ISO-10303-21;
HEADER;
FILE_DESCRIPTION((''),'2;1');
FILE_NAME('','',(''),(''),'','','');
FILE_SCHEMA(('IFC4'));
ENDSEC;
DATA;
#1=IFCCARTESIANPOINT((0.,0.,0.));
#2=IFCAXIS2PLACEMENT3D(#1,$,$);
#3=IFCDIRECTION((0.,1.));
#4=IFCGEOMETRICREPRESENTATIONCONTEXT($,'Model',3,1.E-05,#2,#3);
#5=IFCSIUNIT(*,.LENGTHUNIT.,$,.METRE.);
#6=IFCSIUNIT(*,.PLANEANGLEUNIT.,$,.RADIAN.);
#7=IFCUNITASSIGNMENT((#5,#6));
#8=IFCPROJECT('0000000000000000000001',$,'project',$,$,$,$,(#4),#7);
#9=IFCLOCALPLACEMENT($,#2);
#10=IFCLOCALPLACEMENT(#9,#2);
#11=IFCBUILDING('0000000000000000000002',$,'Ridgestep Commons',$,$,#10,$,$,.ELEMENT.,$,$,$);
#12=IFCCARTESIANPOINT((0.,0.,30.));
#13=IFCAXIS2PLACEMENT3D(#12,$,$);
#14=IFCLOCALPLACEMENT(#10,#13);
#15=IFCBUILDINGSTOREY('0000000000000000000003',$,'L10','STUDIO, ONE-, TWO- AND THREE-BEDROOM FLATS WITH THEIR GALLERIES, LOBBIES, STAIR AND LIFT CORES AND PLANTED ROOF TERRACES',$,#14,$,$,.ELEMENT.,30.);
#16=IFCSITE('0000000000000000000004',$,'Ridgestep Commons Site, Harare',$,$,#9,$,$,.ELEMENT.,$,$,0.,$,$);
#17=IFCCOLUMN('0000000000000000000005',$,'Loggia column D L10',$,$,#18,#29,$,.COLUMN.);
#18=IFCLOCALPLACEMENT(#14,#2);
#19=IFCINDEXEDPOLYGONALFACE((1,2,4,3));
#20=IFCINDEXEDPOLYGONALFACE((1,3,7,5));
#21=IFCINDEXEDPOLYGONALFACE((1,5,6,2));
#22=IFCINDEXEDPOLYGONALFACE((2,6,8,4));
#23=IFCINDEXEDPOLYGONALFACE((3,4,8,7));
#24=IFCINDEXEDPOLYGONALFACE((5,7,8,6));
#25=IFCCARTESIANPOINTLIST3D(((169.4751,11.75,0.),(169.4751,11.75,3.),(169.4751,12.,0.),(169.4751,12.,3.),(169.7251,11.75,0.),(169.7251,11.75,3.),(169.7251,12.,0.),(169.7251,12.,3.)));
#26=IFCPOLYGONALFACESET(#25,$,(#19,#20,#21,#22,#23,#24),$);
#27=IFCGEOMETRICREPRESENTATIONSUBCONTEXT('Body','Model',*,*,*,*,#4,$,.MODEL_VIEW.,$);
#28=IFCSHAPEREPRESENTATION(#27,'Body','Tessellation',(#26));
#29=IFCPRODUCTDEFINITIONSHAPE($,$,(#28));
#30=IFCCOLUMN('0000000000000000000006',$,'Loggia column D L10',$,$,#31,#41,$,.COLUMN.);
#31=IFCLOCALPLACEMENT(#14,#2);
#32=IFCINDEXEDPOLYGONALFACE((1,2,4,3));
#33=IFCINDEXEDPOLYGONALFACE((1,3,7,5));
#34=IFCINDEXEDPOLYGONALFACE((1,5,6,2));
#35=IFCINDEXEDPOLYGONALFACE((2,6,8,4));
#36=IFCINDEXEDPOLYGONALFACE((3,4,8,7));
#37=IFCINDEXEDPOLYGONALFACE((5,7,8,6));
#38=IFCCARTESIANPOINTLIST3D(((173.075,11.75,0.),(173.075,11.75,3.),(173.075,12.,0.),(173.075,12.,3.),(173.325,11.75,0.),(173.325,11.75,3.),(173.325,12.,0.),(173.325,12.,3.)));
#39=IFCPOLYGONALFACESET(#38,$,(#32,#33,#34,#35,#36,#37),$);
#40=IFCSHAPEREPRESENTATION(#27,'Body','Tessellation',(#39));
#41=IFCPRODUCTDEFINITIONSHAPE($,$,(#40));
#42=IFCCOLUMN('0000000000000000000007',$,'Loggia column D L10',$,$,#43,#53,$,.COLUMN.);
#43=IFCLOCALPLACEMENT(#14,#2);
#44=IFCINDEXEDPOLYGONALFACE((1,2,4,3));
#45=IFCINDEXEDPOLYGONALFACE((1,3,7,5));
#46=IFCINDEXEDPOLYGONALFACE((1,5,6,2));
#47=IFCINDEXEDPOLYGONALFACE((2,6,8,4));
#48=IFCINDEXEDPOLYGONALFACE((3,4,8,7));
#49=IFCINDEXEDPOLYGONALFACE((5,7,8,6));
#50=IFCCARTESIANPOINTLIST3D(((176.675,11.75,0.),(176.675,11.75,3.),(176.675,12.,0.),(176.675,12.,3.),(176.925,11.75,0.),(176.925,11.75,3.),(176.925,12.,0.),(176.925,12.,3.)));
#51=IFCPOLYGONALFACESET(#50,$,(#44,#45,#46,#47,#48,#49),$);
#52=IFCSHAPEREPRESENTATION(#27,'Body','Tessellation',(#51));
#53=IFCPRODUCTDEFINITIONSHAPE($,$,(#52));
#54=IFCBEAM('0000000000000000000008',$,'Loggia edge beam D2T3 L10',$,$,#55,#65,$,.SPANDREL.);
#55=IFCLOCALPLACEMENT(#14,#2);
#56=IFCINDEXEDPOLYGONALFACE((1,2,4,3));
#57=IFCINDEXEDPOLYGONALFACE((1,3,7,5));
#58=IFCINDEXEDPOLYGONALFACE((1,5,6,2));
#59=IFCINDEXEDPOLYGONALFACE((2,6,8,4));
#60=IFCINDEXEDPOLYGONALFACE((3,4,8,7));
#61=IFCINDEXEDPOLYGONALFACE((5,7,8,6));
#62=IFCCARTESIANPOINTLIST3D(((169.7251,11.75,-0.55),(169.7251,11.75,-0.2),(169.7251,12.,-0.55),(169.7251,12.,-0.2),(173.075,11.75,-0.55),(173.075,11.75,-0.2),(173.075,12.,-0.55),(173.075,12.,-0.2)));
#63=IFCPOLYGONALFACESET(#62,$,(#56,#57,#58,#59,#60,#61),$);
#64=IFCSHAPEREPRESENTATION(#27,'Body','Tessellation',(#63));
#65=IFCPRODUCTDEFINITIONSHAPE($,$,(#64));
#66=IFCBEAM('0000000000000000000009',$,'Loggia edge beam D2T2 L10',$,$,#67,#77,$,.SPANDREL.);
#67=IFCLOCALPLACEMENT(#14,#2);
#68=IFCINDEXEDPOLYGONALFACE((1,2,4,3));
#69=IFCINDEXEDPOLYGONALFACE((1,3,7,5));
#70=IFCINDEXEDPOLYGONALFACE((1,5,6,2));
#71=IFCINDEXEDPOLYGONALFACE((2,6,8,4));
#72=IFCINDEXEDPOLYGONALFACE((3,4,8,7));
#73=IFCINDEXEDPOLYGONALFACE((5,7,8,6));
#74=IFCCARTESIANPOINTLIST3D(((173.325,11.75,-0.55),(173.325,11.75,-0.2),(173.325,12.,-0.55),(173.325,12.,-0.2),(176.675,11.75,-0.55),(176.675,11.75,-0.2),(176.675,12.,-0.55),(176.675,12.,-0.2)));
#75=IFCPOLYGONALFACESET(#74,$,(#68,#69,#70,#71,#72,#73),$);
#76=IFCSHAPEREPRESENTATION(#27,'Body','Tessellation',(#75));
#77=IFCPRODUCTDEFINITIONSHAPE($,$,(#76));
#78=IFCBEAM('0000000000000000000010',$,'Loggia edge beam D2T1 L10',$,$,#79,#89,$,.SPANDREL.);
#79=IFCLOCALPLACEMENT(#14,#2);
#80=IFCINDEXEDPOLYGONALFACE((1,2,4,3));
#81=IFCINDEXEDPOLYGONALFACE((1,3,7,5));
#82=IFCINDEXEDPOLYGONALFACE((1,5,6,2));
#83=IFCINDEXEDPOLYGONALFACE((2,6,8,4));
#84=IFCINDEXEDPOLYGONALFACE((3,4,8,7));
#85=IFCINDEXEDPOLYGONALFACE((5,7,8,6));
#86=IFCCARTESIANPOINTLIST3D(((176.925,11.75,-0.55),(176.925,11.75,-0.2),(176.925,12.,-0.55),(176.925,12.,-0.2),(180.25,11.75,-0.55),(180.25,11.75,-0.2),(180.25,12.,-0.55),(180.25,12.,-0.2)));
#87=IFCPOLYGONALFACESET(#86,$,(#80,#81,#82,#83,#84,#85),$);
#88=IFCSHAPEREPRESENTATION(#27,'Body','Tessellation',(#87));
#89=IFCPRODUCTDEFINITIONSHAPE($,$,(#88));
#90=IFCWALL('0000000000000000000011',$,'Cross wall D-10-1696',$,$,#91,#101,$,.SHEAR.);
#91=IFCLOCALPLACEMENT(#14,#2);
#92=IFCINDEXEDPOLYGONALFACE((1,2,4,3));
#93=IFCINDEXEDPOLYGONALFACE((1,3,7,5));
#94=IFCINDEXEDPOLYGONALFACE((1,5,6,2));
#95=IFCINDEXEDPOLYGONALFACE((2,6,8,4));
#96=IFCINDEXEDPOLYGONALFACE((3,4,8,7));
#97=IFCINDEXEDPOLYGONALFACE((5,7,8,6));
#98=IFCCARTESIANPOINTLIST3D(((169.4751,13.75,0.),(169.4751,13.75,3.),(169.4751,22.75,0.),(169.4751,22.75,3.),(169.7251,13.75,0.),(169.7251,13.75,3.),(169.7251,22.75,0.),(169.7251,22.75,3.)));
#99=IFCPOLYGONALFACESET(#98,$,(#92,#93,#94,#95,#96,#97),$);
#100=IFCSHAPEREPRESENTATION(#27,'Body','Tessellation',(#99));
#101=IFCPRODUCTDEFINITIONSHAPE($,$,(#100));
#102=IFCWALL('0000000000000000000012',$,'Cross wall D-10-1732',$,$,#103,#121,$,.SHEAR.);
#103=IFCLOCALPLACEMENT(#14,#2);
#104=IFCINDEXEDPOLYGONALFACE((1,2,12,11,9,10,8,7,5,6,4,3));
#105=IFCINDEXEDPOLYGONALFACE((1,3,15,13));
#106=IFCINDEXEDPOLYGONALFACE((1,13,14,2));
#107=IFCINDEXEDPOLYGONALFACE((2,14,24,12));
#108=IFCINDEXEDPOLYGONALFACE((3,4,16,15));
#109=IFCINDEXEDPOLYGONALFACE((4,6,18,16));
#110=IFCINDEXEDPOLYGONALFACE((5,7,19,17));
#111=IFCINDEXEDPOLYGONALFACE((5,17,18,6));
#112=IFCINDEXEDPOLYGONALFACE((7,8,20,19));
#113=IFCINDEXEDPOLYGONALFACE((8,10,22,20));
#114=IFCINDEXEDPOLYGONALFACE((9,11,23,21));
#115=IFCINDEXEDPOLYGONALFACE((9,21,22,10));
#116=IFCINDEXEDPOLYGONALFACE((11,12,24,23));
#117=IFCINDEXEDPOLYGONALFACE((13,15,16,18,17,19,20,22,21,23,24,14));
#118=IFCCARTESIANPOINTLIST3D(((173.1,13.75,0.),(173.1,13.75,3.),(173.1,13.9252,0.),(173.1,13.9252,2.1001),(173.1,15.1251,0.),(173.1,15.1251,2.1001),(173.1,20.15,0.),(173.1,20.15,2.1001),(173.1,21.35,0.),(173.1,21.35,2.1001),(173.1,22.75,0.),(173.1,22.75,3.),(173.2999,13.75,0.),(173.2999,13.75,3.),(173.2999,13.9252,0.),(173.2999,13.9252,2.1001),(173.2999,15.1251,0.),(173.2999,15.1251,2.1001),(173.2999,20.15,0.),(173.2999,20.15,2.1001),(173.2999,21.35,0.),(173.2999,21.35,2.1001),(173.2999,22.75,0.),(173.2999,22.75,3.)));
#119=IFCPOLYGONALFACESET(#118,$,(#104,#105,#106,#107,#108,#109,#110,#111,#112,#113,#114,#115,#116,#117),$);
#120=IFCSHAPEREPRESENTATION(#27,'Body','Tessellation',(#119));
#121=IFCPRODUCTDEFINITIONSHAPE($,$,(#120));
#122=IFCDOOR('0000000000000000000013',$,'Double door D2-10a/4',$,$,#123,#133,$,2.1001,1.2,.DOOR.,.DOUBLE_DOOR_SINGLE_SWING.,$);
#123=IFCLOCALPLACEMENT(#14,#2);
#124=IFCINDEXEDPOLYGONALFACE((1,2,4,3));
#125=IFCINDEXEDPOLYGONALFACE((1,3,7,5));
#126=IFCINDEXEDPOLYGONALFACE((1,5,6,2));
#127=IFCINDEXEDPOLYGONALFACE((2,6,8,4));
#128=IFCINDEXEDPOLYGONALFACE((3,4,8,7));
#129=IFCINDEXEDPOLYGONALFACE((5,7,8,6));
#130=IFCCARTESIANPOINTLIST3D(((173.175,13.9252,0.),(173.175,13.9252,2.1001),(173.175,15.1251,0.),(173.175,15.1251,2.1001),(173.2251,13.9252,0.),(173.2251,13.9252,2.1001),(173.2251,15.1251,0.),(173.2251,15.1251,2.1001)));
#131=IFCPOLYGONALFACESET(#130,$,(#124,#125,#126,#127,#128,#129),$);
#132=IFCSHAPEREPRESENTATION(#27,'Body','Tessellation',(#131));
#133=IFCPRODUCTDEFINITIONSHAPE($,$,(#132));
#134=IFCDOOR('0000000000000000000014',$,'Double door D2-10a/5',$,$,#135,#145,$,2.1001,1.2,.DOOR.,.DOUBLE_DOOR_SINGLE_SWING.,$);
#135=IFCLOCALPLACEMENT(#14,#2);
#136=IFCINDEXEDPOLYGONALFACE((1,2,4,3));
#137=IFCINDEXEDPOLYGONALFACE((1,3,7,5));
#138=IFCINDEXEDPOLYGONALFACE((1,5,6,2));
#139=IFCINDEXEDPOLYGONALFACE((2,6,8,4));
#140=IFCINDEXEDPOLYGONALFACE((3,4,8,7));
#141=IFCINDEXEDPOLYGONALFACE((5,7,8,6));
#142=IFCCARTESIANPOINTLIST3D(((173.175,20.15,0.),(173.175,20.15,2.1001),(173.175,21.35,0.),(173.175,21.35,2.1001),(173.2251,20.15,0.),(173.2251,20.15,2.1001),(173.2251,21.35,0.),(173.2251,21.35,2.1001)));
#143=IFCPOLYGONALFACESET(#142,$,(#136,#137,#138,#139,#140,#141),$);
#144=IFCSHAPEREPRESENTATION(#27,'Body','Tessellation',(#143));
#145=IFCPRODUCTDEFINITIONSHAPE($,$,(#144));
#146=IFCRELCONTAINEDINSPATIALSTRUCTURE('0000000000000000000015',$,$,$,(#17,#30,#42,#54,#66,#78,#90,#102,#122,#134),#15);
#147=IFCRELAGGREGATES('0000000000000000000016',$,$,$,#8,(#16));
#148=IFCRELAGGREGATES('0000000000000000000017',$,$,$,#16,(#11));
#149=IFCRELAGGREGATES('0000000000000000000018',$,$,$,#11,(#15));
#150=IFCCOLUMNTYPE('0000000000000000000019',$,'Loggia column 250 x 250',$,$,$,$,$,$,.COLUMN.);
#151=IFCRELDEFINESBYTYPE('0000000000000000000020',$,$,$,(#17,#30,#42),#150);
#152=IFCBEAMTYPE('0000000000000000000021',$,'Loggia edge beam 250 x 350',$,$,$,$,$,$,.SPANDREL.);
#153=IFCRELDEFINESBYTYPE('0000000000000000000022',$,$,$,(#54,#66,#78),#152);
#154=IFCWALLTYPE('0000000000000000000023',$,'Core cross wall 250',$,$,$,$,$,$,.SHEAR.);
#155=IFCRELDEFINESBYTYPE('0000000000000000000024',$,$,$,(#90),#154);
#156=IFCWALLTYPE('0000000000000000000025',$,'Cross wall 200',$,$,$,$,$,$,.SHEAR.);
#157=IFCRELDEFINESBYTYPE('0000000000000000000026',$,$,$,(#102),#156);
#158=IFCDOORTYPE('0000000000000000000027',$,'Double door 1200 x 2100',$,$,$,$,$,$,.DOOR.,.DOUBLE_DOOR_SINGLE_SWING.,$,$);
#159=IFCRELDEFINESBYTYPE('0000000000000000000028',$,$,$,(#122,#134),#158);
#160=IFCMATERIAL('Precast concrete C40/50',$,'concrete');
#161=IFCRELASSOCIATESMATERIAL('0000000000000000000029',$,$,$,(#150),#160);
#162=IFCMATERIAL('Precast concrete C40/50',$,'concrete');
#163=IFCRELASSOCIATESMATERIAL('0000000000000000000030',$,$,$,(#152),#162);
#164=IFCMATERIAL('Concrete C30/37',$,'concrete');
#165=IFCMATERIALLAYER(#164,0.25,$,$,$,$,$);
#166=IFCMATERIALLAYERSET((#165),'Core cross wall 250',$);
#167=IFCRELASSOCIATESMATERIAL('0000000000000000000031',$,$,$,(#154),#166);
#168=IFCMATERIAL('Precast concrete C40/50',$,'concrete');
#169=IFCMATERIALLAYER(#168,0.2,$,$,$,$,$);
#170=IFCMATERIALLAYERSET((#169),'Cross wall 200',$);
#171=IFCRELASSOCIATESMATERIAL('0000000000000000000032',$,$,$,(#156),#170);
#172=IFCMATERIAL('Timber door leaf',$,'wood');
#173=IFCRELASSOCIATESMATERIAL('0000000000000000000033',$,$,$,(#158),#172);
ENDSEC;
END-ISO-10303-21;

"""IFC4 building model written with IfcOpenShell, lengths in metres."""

from ifc_helpers import new_model, si_unit, direction, frame, frame_2d, origin, origin_2d, place, context, subcontext, project, spatial, rectangle, extrude, material, layer, layer_set, material_profile, profile_set, type_object, element, fill, save


model = new_model("IFC4")

# Units and contexts
model_context = context("Model", 3, precision=1e-05, world=origin(), true_north=direction((0.0, 1.0)))
body_context = subcontext(model_context, "Body", "Model", "MODEL_VIEW")
ifc_project = project(units=[si_unit("LENGTHUNIT", "METRE"), si_unit("PLANEANGLEUNIT", "RADIAN")], contexts=[model_context])

# Site, building, storey
site_placement = place(None, origin())
site = spatial("IfcSite", under=ifc_project, at=site_placement, Name="Ridgestep Commons Site, Harare", CompositionType="ELEMENT", RefElevation=0.0)
building_placement = place(site_placement, origin())
building = spatial("IfcBuilding", under=site, at=building_placement, Name="Ridgestep Commons", CompositionType="ELEMENT")
storey_placement = place(building_placement, frame((0.0, 0.0, 30.0)))
storey = spatial("IfcBuildingStorey", under=building, at=storey_placement, Name="L10", Description="STUDIO, ONE-, TWO- AND THREE-BEDROOM FLATS WITH THEIR GALLERIES, LOBBIES, STAIR AND LIFT CORES AND PLANTED ROOF TERRACES", CompositionType="ELEMENT", Elevation=30.0)

# Columns
ifc_material_1 = material(Name="Precast concrete C40/50", Category="concrete")
ifc_material_profile_1 = material_profile(ifc_material_1, rectangle(XDim=0.25, YDim=0.25, at=origin_2d()), Name="PC 250x250")
ifc_profile_set_1 = profile_set([ifc_material_profile_1], Name="Precast concrete C40/50")
column_type = type_object("IfcColumnType", Name="Loggia column 250 x 250", PredefinedType="COLUMN", material=ifc_profile_set_1)
for number, where, z_axis, x_axis, name in (
    (1, (169.6001, 11.875, 0.0), (0.0, 0.0, 1.0), (1.0, 0.0, 0.0), "Loggia column D L10"),
    (2, (173.2, 11.875, 0.0), (0.0, 0.0, 1.0), (1.0, 0.0, 0.0), "Loggia column D L10"),
    (3, (176.8, 11.875, 0.0), (0.0, 0.0, 1.0), (1.0, 0.0, 0.0), "Loggia column D L10"),
):
    element("IfcColumn", number, at=place(storey_placement, frame(where, z_axis=z_axis, x_axis=x_axis)), inside=storey, type_object=column_type, Name=name, PredefinedType="COLUMN", context=body_context, shape_type="SweptSolid", body=[
        extrude(rectangle(XDim=0.25, YDim=0.25, at=origin_2d()), origin(), (0.0, 0.0, 1.0), 3.0),
    ])

# Beams
ifc_material_2 = material(Name="Precast concrete C40/50", Category="concrete")
ifc_material_profile_2 = material_profile(ifc_material_2, rectangle(XDim=0.25, YDim=0.3501, at=origin_2d()), Name="PC 250x350")
ifc_profile_set_2 = profile_set([ifc_material_profile_2], Name="Precast concrete C40/50")
beam_type = type_object("IfcBeamType", Name="Loggia edge beam 250 x 350", PredefinedType="SPANDREL", material=ifc_profile_set_2)
beam_1_placement = place(storey_placement, frame((169.7251, 11.875, -0.375), z_axis=(1.0, 0.0, 0.0), x_axis=(0.0, 1.0, 0.0)))
element("IfcBeam", 4, at=beam_1_placement, inside=storey, type_object=beam_type, Name="Loggia edge beam D2T3 L10", PredefinedType="SPANDREL", context=body_context, shape_type="SweptSolid", body=[
    extrude(rectangle(XDim=0.25, YDim=0.3501, at=origin_2d()), origin(), (0.0, 0.0, 1.0), 3.3499),
])
beam_2_placement = place(storey_placement, frame((173.325, 11.875, -0.375), z_axis=(1.0, 0.0, 0.0), x_axis=(0.0, 1.0, 0.0)))
element("IfcBeam", 5, at=beam_2_placement, inside=storey, type_object=beam_type, Name="Loggia edge beam D2T2 L10", PredefinedType="SPANDREL", context=body_context, shape_type="SweptSolid", body=[
    extrude(rectangle(XDim=0.25, YDim=0.3501, at=origin_2d()), origin(), (0.0, 0.0, 1.0), 3.3501),
])
beam_3_placement = place(storey_placement, frame((176.925, 11.875, -0.375), z_axis=(1.0, 0.0, 0.0), x_axis=(0.0, 1.0, 0.0)))
element("IfcBeam", 6, at=beam_3_placement, inside=storey, type_object=beam_type, Name="Loggia edge beam D2T1 L10", PredefinedType="SPANDREL", context=body_context, shape_type="SweptSolid", body=[
    extrude(rectangle(XDim=0.25, YDim=0.3501, at=origin_2d()), origin(), (0.0, 0.0, 1.0), 3.325),
])

# Wall
ifc_material_3 = material(Name="Concrete C30/37", Category="concrete")
ifc_layer_1 = layer(ifc_material_3, 0.25)
ifc_layer_set_1 = layer_set([ifc_layer_1], Name="Core cross wall 250")
wall_type_1 = type_object("IfcWallType", Name="Core cross wall 250", PredefinedType="SHEAR", material=ifc_layer_set_1)
wall_1_placement = place(storey_placement, frame((169.6001, 13.75, 0.0), z_axis=(0.0, 0.0, 1.0), x_axis=(0.0, 1.0, 0.0)))
element("IfcWall", 7, at=wall_1_placement, inside=storey, type_object=wall_type_1, Name="Cross wall D-10-1696", PredefinedType="SHEAR", context=body_context, shape_type="SweptSolid", body=[
    extrude(rectangle(XDim=9.0, YDim=0.25, at=frame_2d((4.5, 0.0))), origin(), (0.0, 0.0, 1.0), 3.0),
])

# Wall, openings, doors
ifc_material_4 = material(Name="Precast concrete C40/50", Category="concrete")
ifc_layer_2 = layer(ifc_material_4, 0.2)
ifc_layer_set_2 = layer_set([ifc_layer_2], Name="Cross wall 200")
wall_type_2 = type_object("IfcWallType", Name="Cross wall 200", PredefinedType="SHEAR", material=ifc_layer_set_2)
wall_2_placement = place(storey_placement, frame((173.2, 13.75, 0.0), z_axis=(0.0, 0.0, 1.0), x_axis=(0.0, 1.0, 0.0)))
wall_2 = element("IfcWall", 8, at=wall_2_placement, inside=storey, type_object=wall_type_2, Name="Cross wall D-10-1732", PredefinedType="SHEAR", context=body_context, shape_type="SweptSolid", body=[
    extrude(rectangle(XDim=9.0, YDim=0.2, at=frame_2d((4.5, 0.0))), origin(), (0.0, 0.0, 1.0), 3.0),
])
opening_1_placement = place(wall_2_placement, frame((0.175, 0.0, 0.0)))
opening_1 = element("IfcOpeningElement", 9, at=opening_1_placement, cuts=wall_2, PredefinedType="OPENING", context=body_context, shape_type="SweptSolid", body=[
    extrude(rectangle(XDim=1.2, YDim=2.1001, at=frame_2d((0.6001, 1.05))), frame((0.0, 0.1099, 0.0), z_axis=(0.0, -1.0, 0.0), x_axis=(1.0, 0.0, 0.0)), (0.0, 0.0, 1.0), 0.22),
])
opening_2_placement = place(wall_2_placement, frame((6.3999, 0.0, 0.0)))
opening_2 = element("IfcOpeningElement", 10, at=opening_2_placement, cuts=wall_2, PredefinedType="OPENING", context=body_context, shape_type="SweptSolid", body=[
    extrude(rectangle(XDim=1.2, YDim=2.1001, at=frame_2d((0.6001, 1.05))), frame((0.0, 0.1099, 0.0), z_axis=(0.0, -1.0, 0.0), x_axis=(1.0, 0.0, 0.0)), (0.0, 0.0, 1.0), 0.22),
])
ifc_material_5 = material(Name="Timber door leaf", Category="wood")
door_type_1 = type_object("IfcDoorType", Name="Double door 1200 x 2100", OperationType="DOUBLE_DOOR_SINGLE_SWING", PredefinedType="DOOR", material=ifc_material_5)
door_1_placement = place(opening_1_placement, origin())
door_1 = element("IfcDoor", 11, at=door_1_placement, inside=storey, type_object=door_type_1, Name="Double door D2-10a/4", OperationType="DOUBLE_DOOR_SINGLE_SWING", OverallHeight=2.1001, OverallWidth=1.2, PredefinedType="DOOR", context=body_context, shape_type="SweptSolid", body=[
    extrude(rectangle(XDim=1.2, YDim=2.1001, at=frame_2d((0.6001, 1.05))), frame((0.0, 0.0249, 0.0), z_axis=(0.0, -1.0, 0.0), x_axis=(1.0, 0.0, 0.0)), (0.0, 0.0, 1.0), 0.05),
])
fill(opening_1, door_1)
door_2_placement = place(opening_2_placement, origin())
door_2 = element("IfcDoor", 12, at=door_2_placement, inside=storey, type_object=door_type_1, Name="Double door D2-10a/5", OperationType="DOUBLE_DOOR_SINGLE_SWING", OverallHeight=2.1001, OverallWidth=1.2, PredefinedType="DOOR", context=body_context, shape_type="SweptSolid", body=[
    extrude(rectangle(XDim=1.2, YDim=2.1001, at=frame_2d((0.6001, 1.05))), frame((0.0, 0.0249, 0.0), z_axis=(0.0, -1.0, 0.0), x_axis=(1.0, 0.0, 0.0)), (0.0, 0.0, 1.0), 0.05),
])
fill(opening_2, door_2)

save(model, "model.ifc")
